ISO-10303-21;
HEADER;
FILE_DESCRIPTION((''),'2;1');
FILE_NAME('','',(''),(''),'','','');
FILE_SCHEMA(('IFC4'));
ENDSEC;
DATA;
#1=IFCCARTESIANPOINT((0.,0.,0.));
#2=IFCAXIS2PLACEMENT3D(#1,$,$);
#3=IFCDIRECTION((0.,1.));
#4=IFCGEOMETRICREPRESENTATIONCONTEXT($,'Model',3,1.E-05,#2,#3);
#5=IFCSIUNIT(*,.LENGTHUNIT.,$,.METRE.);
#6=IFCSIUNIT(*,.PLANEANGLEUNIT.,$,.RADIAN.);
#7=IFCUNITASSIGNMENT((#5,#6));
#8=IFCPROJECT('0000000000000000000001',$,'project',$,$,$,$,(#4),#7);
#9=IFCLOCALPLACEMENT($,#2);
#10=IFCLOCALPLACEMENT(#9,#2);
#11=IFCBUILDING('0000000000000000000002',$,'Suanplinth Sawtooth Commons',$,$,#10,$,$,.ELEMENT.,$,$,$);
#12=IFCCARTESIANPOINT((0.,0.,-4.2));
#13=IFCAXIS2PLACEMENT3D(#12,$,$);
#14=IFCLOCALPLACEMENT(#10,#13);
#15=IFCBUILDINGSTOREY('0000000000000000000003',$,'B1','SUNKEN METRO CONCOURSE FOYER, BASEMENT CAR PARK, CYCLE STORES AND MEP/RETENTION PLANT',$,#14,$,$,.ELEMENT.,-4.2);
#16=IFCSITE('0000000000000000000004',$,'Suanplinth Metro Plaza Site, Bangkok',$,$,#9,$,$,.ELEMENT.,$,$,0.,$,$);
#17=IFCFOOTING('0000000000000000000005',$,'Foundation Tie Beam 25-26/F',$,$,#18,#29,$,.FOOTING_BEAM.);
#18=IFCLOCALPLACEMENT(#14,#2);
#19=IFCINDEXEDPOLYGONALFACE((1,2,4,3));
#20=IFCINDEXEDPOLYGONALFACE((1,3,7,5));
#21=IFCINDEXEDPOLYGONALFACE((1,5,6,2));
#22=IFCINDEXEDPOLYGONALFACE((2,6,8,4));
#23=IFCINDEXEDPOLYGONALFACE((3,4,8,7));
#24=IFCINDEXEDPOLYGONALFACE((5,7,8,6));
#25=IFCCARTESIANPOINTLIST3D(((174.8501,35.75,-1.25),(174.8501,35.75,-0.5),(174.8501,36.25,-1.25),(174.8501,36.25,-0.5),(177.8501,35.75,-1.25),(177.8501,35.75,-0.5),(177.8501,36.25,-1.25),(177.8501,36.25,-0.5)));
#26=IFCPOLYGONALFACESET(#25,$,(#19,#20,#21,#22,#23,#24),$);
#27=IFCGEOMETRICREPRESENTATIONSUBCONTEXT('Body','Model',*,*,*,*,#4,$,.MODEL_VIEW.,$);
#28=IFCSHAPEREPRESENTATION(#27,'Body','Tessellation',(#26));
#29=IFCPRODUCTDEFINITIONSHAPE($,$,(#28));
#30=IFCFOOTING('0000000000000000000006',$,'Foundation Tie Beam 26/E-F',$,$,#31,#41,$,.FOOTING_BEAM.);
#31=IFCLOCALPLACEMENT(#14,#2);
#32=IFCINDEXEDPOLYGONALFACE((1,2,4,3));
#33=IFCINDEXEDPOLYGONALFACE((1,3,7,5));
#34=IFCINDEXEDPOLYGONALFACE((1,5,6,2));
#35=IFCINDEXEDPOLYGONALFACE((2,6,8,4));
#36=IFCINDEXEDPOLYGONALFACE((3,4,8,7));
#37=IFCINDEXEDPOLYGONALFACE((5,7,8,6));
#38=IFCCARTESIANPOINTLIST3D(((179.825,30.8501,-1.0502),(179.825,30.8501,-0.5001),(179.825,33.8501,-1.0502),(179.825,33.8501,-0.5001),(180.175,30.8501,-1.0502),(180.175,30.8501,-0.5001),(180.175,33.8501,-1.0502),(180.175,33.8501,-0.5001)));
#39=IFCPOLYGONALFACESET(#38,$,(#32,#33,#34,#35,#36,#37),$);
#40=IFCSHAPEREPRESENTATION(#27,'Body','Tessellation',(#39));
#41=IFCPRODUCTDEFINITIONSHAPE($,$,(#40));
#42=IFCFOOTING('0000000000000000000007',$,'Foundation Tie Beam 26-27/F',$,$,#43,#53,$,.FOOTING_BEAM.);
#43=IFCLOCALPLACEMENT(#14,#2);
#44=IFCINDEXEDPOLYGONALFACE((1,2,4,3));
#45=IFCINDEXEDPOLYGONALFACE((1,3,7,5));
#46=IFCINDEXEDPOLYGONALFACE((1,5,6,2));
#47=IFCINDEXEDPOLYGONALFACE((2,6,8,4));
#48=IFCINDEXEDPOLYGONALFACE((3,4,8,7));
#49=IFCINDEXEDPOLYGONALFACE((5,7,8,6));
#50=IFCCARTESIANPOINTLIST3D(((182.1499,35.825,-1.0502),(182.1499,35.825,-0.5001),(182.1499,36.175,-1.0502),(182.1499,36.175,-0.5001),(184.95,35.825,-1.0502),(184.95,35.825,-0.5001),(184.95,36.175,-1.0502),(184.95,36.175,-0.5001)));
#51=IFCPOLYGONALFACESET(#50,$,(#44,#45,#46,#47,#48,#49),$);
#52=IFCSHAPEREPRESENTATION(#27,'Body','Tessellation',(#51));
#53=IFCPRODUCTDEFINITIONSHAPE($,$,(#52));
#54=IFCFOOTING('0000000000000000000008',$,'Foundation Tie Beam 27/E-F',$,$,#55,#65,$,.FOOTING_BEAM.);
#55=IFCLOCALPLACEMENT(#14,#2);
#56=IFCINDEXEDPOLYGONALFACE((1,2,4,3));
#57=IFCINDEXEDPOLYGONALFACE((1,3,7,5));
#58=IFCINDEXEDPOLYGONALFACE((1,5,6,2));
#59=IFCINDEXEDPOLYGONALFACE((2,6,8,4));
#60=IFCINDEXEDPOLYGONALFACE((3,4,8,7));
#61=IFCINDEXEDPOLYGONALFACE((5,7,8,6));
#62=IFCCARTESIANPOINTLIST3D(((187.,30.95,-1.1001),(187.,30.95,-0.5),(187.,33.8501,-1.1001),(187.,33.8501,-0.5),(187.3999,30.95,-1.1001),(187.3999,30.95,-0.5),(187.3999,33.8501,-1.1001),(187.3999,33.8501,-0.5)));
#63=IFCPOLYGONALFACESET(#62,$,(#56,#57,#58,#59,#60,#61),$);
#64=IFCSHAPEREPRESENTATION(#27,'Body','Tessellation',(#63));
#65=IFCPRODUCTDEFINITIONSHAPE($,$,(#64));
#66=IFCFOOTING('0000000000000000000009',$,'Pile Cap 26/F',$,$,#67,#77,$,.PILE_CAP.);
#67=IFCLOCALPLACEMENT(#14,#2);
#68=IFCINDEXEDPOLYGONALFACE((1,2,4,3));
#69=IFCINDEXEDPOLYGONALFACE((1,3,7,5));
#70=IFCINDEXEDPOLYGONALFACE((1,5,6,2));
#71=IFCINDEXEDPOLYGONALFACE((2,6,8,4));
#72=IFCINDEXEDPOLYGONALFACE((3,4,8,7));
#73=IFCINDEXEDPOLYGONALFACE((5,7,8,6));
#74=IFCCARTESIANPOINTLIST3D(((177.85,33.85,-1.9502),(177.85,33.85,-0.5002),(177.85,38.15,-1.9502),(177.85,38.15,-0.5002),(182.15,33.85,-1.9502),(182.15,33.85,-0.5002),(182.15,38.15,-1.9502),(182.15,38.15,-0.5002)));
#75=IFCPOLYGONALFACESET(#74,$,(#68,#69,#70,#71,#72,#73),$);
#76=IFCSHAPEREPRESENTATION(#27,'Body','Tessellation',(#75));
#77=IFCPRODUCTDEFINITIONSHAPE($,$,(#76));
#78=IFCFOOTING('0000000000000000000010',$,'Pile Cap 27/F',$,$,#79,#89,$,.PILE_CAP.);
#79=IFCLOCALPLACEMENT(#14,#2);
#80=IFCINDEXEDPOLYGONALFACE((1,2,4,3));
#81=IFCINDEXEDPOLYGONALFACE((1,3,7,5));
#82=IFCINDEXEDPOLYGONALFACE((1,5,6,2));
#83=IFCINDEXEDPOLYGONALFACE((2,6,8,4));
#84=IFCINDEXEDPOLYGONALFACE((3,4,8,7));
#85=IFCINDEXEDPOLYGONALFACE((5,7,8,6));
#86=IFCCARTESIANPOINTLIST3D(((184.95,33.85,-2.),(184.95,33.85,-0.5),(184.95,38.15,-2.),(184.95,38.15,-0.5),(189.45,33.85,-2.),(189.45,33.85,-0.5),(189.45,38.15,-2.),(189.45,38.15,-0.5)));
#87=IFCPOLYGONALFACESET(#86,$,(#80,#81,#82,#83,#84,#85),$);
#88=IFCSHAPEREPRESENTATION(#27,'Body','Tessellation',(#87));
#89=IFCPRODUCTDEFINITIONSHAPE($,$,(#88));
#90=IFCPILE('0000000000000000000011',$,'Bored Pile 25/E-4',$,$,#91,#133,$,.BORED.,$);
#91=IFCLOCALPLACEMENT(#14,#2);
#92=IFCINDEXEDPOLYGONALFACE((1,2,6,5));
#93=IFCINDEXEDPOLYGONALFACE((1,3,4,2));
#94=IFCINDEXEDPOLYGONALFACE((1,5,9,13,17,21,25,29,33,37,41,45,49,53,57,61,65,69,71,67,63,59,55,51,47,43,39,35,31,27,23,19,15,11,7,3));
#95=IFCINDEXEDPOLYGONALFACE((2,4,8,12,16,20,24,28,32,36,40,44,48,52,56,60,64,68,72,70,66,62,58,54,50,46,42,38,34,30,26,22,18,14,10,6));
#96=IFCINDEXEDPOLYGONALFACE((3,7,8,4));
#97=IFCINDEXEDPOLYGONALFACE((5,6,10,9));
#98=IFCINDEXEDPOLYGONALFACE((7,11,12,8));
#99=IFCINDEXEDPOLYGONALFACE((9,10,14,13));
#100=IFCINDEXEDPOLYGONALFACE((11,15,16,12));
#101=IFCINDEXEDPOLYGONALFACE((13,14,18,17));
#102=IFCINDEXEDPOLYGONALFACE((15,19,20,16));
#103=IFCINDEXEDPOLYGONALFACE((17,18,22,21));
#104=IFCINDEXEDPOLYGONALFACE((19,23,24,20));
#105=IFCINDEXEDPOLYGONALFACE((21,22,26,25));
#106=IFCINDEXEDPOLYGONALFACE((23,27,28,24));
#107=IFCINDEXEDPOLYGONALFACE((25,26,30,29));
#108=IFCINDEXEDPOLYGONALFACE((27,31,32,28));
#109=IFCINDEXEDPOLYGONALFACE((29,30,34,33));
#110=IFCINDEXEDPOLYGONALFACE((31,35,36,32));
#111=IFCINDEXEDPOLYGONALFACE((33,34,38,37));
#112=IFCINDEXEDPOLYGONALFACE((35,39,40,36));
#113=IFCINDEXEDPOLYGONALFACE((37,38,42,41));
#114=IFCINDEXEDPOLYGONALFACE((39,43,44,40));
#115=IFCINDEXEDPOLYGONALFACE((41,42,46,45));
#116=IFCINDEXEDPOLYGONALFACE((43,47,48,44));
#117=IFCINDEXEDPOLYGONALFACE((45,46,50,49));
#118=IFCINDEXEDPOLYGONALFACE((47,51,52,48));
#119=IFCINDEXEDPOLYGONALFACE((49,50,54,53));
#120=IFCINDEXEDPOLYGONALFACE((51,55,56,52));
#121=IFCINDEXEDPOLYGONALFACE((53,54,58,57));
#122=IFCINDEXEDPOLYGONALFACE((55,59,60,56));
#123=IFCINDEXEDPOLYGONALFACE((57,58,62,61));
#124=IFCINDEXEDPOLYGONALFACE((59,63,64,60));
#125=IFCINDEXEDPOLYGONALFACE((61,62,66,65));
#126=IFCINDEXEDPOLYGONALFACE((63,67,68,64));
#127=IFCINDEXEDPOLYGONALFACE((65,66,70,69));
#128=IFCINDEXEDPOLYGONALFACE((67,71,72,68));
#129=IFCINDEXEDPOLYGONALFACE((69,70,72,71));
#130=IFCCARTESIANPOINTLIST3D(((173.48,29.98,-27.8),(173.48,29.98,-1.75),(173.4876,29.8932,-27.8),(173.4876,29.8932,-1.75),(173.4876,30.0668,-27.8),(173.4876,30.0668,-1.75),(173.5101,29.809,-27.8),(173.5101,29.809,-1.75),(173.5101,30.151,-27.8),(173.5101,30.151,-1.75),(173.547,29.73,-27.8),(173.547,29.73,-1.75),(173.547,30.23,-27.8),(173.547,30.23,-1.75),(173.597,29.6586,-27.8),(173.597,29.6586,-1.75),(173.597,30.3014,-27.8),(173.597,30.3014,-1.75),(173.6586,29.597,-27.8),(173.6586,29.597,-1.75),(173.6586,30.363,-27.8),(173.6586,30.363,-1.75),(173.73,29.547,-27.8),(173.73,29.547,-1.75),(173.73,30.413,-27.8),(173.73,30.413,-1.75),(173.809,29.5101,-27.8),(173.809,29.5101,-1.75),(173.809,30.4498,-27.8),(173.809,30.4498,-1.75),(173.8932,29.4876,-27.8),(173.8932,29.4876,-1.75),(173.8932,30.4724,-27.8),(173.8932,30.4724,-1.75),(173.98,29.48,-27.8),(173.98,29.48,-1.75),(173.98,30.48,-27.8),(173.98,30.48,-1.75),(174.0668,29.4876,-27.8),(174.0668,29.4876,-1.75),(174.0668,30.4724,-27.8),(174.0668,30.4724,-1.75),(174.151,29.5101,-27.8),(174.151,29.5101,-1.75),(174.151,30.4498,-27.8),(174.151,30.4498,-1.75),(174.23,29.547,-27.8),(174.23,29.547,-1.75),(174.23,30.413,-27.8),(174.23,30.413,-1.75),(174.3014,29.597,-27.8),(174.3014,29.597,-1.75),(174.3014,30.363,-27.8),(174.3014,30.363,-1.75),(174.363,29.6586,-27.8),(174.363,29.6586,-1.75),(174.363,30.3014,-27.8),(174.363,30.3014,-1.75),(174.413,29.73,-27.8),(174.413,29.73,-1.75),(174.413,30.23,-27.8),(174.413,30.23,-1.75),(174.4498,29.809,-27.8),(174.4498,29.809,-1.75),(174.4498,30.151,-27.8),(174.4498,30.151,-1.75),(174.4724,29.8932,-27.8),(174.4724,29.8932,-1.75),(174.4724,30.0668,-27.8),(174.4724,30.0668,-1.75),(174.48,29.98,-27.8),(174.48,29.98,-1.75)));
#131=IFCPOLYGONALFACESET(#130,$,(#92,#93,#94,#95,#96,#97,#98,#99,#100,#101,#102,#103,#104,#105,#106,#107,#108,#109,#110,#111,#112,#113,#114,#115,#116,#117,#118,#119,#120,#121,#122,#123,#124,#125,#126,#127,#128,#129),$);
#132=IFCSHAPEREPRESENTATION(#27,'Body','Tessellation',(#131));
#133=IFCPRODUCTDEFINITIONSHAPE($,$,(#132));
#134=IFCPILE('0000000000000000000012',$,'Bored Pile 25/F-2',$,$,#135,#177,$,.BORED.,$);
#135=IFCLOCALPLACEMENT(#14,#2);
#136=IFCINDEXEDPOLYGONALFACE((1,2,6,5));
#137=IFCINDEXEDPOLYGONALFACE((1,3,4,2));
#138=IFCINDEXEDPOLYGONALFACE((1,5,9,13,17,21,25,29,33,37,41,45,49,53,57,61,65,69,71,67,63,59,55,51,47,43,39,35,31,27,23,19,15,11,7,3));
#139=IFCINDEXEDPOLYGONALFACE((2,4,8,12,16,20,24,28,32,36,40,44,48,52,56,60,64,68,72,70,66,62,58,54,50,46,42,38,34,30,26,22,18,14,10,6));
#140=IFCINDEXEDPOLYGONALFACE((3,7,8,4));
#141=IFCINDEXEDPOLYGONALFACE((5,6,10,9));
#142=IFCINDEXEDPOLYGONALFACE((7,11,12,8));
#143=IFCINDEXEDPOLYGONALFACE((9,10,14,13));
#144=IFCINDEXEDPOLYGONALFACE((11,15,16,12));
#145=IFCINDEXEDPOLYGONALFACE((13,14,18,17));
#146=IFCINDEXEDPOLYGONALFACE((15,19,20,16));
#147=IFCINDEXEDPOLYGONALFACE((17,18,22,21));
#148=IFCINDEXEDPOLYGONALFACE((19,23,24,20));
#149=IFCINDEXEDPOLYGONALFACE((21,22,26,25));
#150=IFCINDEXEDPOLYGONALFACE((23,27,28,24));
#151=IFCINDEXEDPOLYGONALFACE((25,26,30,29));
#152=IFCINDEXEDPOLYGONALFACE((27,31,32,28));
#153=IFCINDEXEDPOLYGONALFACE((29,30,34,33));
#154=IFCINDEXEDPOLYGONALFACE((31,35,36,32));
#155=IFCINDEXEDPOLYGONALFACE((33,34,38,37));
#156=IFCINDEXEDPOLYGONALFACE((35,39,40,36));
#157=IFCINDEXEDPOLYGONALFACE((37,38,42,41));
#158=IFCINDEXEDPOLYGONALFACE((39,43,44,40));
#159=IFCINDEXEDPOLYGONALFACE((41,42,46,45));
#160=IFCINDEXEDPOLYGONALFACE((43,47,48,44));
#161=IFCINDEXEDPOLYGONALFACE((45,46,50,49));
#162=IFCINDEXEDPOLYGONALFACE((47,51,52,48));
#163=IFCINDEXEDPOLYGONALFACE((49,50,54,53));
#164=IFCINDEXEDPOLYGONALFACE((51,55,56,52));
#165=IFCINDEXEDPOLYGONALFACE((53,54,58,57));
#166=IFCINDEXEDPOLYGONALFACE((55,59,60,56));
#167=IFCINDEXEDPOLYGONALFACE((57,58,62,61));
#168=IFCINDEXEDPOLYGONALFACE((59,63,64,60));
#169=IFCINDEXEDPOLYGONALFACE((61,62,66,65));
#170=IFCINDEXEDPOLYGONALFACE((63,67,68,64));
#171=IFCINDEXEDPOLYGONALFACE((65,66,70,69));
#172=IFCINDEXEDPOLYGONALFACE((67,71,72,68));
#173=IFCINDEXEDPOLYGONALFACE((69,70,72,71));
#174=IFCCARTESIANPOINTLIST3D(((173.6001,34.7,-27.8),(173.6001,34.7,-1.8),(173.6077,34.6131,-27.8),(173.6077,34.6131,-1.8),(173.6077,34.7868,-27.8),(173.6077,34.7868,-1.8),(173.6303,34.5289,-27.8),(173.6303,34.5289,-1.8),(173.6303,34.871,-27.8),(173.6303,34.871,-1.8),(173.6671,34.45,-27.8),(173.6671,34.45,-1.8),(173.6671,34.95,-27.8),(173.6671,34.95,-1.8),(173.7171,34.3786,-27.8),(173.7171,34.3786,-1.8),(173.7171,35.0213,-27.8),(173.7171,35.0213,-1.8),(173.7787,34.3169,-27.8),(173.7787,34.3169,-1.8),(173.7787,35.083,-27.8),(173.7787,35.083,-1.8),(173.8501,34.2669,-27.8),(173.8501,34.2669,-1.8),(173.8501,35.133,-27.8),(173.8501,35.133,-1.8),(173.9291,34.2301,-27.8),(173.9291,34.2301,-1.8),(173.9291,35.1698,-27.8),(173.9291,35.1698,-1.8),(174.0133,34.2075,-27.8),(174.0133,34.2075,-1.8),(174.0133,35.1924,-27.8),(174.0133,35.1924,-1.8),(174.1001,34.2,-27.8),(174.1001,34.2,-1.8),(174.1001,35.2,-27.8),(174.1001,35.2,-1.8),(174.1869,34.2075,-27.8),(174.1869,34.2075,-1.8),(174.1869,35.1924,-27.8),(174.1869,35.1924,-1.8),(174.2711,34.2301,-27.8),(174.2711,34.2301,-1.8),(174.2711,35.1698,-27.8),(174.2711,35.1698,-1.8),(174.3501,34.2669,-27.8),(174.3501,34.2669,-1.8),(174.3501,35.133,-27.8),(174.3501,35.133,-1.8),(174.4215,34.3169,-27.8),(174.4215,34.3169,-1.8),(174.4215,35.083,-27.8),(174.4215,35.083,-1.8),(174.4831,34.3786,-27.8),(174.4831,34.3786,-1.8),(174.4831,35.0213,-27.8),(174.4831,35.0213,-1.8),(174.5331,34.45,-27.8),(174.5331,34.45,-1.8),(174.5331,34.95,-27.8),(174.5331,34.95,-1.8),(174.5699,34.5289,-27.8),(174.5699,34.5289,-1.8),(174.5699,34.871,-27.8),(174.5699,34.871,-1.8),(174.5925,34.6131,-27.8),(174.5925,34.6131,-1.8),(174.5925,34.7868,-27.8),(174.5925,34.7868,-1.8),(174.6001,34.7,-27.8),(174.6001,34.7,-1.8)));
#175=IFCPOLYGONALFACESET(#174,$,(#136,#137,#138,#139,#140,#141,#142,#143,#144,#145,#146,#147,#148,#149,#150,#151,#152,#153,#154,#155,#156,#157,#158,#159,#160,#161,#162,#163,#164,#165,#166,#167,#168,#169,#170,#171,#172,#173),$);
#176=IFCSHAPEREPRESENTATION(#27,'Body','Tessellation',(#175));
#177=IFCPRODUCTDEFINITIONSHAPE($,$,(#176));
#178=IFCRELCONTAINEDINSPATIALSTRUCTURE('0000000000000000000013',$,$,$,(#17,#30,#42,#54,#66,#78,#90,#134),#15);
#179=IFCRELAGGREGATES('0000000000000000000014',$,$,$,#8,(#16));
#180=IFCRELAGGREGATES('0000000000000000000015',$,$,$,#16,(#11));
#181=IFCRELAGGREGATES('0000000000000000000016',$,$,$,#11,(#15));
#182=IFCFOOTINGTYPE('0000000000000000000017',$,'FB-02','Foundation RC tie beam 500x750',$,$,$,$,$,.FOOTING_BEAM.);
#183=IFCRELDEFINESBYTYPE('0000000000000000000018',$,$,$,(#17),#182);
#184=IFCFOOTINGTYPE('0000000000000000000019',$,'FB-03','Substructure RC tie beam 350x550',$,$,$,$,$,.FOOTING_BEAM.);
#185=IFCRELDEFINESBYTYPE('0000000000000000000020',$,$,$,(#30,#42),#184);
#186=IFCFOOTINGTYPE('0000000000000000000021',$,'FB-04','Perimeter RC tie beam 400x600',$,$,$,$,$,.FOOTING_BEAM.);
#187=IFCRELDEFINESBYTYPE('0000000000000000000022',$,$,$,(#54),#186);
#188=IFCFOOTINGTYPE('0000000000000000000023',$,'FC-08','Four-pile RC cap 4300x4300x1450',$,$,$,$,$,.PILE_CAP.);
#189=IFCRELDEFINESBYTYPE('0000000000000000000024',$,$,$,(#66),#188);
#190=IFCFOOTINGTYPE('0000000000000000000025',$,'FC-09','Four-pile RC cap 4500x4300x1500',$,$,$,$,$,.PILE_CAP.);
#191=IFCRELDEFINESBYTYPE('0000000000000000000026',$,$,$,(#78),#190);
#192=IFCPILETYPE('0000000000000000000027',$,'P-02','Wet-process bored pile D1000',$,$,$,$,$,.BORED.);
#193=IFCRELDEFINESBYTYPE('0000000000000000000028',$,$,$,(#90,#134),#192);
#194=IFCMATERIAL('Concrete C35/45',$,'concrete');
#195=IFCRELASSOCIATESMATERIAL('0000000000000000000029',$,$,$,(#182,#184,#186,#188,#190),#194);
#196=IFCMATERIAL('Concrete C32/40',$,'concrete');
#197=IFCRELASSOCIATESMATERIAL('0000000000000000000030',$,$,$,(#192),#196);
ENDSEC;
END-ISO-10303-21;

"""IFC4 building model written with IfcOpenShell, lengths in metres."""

from ifc_helpers import new_model, si_unit, direction, frame, origin, origin_2d, place, context, subcontext, project, spatial, rectangle, circle, extrude, material, material_profile, profile_set, type_object, element, save


model = new_model("IFC4")

# Units and contexts
model_context = context("Model", 3, precision=1e-05, world=origin(), true_north=direction((0.0, 1.0)))
body_context = subcontext(model_context, "Body", "Model", "MODEL_VIEW")
ifc_project = project(units=[si_unit("LENGTHUNIT", "METRE"), si_unit("PLANEANGLEUNIT", "RADIAN")], contexts=[model_context])

# Site, building, storey
site_placement = place(None, origin())
site = spatial("IfcSite", under=ifc_project, at=site_placement, Name="Suanplinth Metro Plaza Site, Bangkok", CompositionType="ELEMENT", RefElevation=0.0)
building_placement = place(site_placement, origin())
building = spatial("IfcBuilding", under=site, at=building_placement, Name="Suanplinth Sawtooth Commons", CompositionType="ELEMENT")
storey_placement = place(building_placement, frame((0.0, 0.0, -4.2)))
storey = spatial("IfcBuildingStorey", under=building, at=storey_placement, Name="B1", Description="SUNKEN METRO CONCOURSE FOYER, BASEMENT CAR PARK, CYCLE STORES AND MEP/RETENTION PLANT", CompositionType="ELEMENT", Elevation=-4.2)

# Footings
ifc_material_1 = material(Name="Concrete C35/45", Category="concrete")
ifc_material_profile_1 = material_profile(ifc_material_1, rectangle(XDim=0.5, YDim=0.75, at=origin_2d()), Name="RC-GDR 500x750")
ifc_profile_set_1 = profile_set([ifc_material_profile_1], Name="Concrete C35/45")
footing_type_1 = type_object("IfcFootingType", Name="FB-02", Description="Foundation RC tie beam 500x750", PredefinedType="FOOTING_BEAM", material=ifc_profile_set_1)
footing_1_placement = place(storey_placement, frame((174.8501, 36.0, -0.875), z_axis=(1.0, 0.0, 0.0), x_axis=(0.0, 1.0, 0.0)))
element("IfcFooting", 1, at=footing_1_placement, inside=storey, type_object=footing_type_1, Name="Foundation Tie Beam 25-26/F", PredefinedType="FOOTING_BEAM", context=body_context, shape_type="SweptSolid", body=[
    extrude(rectangle(XDim=0.5, YDim=0.75, at=origin_2d()), origin(), (0.0, 0.0, 1.0), 3.0),
])
ifc_material_profile_2 = material_profile(ifc_material_1, rectangle(XDim=0.3501, YDim=0.55, at=origin_2d()), Name="PC-BM 350x550")
ifc_profile_set_2 = profile_set([ifc_material_profile_2], Name="Concrete C35/45")
footing_type_2 = type_object("IfcFootingType", Name="FB-03", Description="Substructure RC tie beam 350x550", PredefinedType="FOOTING_BEAM", material=ifc_profile_set_2)
footing_2_placement = place(storey_placement, frame((180.0, 30.8501, -0.7751), z_axis=(0.0, 1.0, 0.0), x_axis=(-1.0, 0.0, 0.0)))
element("IfcFooting", 2, at=footing_2_placement, inside=storey, type_object=footing_type_2, Name="Foundation Tie Beam 26/E-F", PredefinedType="FOOTING_BEAM", context=body_context, shape_type="SweptSolid", body=[
    extrude(rectangle(XDim=0.3501, YDim=0.55, at=origin_2d()), origin(), (0.0, 0.0, 1.0), 3.0),
])
footing_3_placement = place(storey_placement, frame((182.1499, 36.0, -0.7751), z_axis=(1.0, 0.0, 0.0), x_axis=(0.0, 1.0, 0.0)))
element("IfcFooting", 3, at=footing_3_placement, inside=storey, type_object=footing_type_2, Name="Foundation Tie Beam 26-27/F", PredefinedType="FOOTING_BEAM", context=body_context, shape_type="SweptSolid", body=[
    extrude(rectangle(XDim=0.3501, YDim=0.55, at=origin_2d()), origin(), (0.0, 0.0, 1.0), 2.8),
])
ifc_material_profile_3 = material_profile(ifc_material_1, rectangle(XDim=0.3999, YDim=0.6001, at=origin_2d()), Name="PC-GDR 400x600")
ifc_profile_set_3 = profile_set([ifc_material_profile_3], Name="Concrete C35/45")
footing_type_3 = type_object("IfcFootingType", Name="FB-04", Description="Perimeter RC tie beam 400x600", PredefinedType="FOOTING_BEAM", material=ifc_profile_set_3)
footing_4_placement = place(storey_placement, frame((187.2, 30.95, -0.8), z_axis=(0.0, 1.0, 0.0), x_axis=(-1.0, 0.0, 0.0)))
element("IfcFooting", 4, at=footing_4_placement, inside=storey, type_object=footing_type_3, Name="Foundation Tie Beam 27/E-F", PredefinedType="FOOTING_BEAM", context=body_context, shape_type="SweptSolid", body=[
    extrude(rectangle(XDim=0.3999, YDim=0.6001, at=origin_2d()), origin(), (0.0, 0.0, 1.0), 2.9001),
])
footing_type_4 = type_object("IfcFootingType", Name="FC-08", Description="Four-pile RC cap 4300x4300x1450", PredefinedType="PILE_CAP", material=ifc_material_1)
footing_5_placement = place(storey_placement, frame((180.0, 36.0, -1.9502), z_axis=(0.0, 0.0, 1.0), x_axis=(1.0, 0.0, 0.0)))
element("IfcFooting", 5, at=footing_5_placement, inside=storey, type_object=footing_type_4, Name="Pile Cap 26/F", PredefinedType="PILE_CAP", context=body_context, shape_type="SweptSolid", body=[
    extrude(rectangle(XDim=4.3, YDim=4.3, at=origin_2d()), origin(), (0.0, 0.0, 1.0), 1.45),
])
footing_type_5 = type_object("IfcFootingType", Name="FC-09", Description="Four-pile RC cap 4500x4300x1500", PredefinedType="PILE_CAP", material=ifc_material_1)
footing_6_placement = place(storey_placement, frame((187.2, 36.0, -2.0), z_axis=(0.0, 0.0, 1.0), x_axis=(1.0, 0.0, 0.0)))
element("IfcFooting", 6, at=footing_6_placement, inside=storey, type_object=footing_type_5, Name="Pile Cap 27/F", PredefinedType="PILE_CAP", context=body_context, shape_type="SweptSolid", body=[
    extrude(rectangle(XDim=4.5, YDim=4.3, at=origin_2d()), origin(), (0.0, 0.0, 1.0), 1.5),
])

# Piles
ifc_material_2 = material(Name="Concrete C32/40", Category="concrete")
ifc_material_profile_4 = material_profile(ifc_material_2, circle(Radius=0.5, at=origin_2d()), Name="PILE D1000")
ifc_profile_set_4 = profile_set([ifc_material_profile_4], Name="Concrete C32/40")
pile_type = type_object("IfcPileType", Name="P-02", Description="Wet-process bored pile D1000", PredefinedType="BORED", material=ifc_profile_set_4)
pile_placement = place(storey_placement, frame((173.98, 29.98, -1.75), z_axis=(0.0, 0.0, -1.0), x_axis=(1.0, 0.0, 0.0)))
element("IfcPile", 7, at=pile_placement, inside=storey, type_object=pile_type, Name="Bored Pile 25/E-4", PredefinedType="BORED", context=body_context, shape_type="SweptSolid", body=[
    extrude(circle(Radius=0.5, at=origin_2d()), origin(), (0.0, 0.0, 1.0), 26.05),
])
for number, where, z_axis, x_axis, name in (
    (8, (174.1001, 34.7, -1.8), (0.0, 0.0, -1.0), (1.0, 0.0, 0.0), "Bored Pile 25/F-2"),
):
    element("IfcPile", number, at=place(storey_placement, frame(where, z_axis=z_axis, x_axis=x_axis)), inside=storey, type_object=pile_type, Name=name, PredefinedType="BORED", context=body_context, shape_type="SweptSolid", body=[
        extrude(circle(Radius=0.5, at=origin_2d()), origin(), (0.0, 0.0, 1.0), 26.0),
    ])

save(model, "model.ifc")
